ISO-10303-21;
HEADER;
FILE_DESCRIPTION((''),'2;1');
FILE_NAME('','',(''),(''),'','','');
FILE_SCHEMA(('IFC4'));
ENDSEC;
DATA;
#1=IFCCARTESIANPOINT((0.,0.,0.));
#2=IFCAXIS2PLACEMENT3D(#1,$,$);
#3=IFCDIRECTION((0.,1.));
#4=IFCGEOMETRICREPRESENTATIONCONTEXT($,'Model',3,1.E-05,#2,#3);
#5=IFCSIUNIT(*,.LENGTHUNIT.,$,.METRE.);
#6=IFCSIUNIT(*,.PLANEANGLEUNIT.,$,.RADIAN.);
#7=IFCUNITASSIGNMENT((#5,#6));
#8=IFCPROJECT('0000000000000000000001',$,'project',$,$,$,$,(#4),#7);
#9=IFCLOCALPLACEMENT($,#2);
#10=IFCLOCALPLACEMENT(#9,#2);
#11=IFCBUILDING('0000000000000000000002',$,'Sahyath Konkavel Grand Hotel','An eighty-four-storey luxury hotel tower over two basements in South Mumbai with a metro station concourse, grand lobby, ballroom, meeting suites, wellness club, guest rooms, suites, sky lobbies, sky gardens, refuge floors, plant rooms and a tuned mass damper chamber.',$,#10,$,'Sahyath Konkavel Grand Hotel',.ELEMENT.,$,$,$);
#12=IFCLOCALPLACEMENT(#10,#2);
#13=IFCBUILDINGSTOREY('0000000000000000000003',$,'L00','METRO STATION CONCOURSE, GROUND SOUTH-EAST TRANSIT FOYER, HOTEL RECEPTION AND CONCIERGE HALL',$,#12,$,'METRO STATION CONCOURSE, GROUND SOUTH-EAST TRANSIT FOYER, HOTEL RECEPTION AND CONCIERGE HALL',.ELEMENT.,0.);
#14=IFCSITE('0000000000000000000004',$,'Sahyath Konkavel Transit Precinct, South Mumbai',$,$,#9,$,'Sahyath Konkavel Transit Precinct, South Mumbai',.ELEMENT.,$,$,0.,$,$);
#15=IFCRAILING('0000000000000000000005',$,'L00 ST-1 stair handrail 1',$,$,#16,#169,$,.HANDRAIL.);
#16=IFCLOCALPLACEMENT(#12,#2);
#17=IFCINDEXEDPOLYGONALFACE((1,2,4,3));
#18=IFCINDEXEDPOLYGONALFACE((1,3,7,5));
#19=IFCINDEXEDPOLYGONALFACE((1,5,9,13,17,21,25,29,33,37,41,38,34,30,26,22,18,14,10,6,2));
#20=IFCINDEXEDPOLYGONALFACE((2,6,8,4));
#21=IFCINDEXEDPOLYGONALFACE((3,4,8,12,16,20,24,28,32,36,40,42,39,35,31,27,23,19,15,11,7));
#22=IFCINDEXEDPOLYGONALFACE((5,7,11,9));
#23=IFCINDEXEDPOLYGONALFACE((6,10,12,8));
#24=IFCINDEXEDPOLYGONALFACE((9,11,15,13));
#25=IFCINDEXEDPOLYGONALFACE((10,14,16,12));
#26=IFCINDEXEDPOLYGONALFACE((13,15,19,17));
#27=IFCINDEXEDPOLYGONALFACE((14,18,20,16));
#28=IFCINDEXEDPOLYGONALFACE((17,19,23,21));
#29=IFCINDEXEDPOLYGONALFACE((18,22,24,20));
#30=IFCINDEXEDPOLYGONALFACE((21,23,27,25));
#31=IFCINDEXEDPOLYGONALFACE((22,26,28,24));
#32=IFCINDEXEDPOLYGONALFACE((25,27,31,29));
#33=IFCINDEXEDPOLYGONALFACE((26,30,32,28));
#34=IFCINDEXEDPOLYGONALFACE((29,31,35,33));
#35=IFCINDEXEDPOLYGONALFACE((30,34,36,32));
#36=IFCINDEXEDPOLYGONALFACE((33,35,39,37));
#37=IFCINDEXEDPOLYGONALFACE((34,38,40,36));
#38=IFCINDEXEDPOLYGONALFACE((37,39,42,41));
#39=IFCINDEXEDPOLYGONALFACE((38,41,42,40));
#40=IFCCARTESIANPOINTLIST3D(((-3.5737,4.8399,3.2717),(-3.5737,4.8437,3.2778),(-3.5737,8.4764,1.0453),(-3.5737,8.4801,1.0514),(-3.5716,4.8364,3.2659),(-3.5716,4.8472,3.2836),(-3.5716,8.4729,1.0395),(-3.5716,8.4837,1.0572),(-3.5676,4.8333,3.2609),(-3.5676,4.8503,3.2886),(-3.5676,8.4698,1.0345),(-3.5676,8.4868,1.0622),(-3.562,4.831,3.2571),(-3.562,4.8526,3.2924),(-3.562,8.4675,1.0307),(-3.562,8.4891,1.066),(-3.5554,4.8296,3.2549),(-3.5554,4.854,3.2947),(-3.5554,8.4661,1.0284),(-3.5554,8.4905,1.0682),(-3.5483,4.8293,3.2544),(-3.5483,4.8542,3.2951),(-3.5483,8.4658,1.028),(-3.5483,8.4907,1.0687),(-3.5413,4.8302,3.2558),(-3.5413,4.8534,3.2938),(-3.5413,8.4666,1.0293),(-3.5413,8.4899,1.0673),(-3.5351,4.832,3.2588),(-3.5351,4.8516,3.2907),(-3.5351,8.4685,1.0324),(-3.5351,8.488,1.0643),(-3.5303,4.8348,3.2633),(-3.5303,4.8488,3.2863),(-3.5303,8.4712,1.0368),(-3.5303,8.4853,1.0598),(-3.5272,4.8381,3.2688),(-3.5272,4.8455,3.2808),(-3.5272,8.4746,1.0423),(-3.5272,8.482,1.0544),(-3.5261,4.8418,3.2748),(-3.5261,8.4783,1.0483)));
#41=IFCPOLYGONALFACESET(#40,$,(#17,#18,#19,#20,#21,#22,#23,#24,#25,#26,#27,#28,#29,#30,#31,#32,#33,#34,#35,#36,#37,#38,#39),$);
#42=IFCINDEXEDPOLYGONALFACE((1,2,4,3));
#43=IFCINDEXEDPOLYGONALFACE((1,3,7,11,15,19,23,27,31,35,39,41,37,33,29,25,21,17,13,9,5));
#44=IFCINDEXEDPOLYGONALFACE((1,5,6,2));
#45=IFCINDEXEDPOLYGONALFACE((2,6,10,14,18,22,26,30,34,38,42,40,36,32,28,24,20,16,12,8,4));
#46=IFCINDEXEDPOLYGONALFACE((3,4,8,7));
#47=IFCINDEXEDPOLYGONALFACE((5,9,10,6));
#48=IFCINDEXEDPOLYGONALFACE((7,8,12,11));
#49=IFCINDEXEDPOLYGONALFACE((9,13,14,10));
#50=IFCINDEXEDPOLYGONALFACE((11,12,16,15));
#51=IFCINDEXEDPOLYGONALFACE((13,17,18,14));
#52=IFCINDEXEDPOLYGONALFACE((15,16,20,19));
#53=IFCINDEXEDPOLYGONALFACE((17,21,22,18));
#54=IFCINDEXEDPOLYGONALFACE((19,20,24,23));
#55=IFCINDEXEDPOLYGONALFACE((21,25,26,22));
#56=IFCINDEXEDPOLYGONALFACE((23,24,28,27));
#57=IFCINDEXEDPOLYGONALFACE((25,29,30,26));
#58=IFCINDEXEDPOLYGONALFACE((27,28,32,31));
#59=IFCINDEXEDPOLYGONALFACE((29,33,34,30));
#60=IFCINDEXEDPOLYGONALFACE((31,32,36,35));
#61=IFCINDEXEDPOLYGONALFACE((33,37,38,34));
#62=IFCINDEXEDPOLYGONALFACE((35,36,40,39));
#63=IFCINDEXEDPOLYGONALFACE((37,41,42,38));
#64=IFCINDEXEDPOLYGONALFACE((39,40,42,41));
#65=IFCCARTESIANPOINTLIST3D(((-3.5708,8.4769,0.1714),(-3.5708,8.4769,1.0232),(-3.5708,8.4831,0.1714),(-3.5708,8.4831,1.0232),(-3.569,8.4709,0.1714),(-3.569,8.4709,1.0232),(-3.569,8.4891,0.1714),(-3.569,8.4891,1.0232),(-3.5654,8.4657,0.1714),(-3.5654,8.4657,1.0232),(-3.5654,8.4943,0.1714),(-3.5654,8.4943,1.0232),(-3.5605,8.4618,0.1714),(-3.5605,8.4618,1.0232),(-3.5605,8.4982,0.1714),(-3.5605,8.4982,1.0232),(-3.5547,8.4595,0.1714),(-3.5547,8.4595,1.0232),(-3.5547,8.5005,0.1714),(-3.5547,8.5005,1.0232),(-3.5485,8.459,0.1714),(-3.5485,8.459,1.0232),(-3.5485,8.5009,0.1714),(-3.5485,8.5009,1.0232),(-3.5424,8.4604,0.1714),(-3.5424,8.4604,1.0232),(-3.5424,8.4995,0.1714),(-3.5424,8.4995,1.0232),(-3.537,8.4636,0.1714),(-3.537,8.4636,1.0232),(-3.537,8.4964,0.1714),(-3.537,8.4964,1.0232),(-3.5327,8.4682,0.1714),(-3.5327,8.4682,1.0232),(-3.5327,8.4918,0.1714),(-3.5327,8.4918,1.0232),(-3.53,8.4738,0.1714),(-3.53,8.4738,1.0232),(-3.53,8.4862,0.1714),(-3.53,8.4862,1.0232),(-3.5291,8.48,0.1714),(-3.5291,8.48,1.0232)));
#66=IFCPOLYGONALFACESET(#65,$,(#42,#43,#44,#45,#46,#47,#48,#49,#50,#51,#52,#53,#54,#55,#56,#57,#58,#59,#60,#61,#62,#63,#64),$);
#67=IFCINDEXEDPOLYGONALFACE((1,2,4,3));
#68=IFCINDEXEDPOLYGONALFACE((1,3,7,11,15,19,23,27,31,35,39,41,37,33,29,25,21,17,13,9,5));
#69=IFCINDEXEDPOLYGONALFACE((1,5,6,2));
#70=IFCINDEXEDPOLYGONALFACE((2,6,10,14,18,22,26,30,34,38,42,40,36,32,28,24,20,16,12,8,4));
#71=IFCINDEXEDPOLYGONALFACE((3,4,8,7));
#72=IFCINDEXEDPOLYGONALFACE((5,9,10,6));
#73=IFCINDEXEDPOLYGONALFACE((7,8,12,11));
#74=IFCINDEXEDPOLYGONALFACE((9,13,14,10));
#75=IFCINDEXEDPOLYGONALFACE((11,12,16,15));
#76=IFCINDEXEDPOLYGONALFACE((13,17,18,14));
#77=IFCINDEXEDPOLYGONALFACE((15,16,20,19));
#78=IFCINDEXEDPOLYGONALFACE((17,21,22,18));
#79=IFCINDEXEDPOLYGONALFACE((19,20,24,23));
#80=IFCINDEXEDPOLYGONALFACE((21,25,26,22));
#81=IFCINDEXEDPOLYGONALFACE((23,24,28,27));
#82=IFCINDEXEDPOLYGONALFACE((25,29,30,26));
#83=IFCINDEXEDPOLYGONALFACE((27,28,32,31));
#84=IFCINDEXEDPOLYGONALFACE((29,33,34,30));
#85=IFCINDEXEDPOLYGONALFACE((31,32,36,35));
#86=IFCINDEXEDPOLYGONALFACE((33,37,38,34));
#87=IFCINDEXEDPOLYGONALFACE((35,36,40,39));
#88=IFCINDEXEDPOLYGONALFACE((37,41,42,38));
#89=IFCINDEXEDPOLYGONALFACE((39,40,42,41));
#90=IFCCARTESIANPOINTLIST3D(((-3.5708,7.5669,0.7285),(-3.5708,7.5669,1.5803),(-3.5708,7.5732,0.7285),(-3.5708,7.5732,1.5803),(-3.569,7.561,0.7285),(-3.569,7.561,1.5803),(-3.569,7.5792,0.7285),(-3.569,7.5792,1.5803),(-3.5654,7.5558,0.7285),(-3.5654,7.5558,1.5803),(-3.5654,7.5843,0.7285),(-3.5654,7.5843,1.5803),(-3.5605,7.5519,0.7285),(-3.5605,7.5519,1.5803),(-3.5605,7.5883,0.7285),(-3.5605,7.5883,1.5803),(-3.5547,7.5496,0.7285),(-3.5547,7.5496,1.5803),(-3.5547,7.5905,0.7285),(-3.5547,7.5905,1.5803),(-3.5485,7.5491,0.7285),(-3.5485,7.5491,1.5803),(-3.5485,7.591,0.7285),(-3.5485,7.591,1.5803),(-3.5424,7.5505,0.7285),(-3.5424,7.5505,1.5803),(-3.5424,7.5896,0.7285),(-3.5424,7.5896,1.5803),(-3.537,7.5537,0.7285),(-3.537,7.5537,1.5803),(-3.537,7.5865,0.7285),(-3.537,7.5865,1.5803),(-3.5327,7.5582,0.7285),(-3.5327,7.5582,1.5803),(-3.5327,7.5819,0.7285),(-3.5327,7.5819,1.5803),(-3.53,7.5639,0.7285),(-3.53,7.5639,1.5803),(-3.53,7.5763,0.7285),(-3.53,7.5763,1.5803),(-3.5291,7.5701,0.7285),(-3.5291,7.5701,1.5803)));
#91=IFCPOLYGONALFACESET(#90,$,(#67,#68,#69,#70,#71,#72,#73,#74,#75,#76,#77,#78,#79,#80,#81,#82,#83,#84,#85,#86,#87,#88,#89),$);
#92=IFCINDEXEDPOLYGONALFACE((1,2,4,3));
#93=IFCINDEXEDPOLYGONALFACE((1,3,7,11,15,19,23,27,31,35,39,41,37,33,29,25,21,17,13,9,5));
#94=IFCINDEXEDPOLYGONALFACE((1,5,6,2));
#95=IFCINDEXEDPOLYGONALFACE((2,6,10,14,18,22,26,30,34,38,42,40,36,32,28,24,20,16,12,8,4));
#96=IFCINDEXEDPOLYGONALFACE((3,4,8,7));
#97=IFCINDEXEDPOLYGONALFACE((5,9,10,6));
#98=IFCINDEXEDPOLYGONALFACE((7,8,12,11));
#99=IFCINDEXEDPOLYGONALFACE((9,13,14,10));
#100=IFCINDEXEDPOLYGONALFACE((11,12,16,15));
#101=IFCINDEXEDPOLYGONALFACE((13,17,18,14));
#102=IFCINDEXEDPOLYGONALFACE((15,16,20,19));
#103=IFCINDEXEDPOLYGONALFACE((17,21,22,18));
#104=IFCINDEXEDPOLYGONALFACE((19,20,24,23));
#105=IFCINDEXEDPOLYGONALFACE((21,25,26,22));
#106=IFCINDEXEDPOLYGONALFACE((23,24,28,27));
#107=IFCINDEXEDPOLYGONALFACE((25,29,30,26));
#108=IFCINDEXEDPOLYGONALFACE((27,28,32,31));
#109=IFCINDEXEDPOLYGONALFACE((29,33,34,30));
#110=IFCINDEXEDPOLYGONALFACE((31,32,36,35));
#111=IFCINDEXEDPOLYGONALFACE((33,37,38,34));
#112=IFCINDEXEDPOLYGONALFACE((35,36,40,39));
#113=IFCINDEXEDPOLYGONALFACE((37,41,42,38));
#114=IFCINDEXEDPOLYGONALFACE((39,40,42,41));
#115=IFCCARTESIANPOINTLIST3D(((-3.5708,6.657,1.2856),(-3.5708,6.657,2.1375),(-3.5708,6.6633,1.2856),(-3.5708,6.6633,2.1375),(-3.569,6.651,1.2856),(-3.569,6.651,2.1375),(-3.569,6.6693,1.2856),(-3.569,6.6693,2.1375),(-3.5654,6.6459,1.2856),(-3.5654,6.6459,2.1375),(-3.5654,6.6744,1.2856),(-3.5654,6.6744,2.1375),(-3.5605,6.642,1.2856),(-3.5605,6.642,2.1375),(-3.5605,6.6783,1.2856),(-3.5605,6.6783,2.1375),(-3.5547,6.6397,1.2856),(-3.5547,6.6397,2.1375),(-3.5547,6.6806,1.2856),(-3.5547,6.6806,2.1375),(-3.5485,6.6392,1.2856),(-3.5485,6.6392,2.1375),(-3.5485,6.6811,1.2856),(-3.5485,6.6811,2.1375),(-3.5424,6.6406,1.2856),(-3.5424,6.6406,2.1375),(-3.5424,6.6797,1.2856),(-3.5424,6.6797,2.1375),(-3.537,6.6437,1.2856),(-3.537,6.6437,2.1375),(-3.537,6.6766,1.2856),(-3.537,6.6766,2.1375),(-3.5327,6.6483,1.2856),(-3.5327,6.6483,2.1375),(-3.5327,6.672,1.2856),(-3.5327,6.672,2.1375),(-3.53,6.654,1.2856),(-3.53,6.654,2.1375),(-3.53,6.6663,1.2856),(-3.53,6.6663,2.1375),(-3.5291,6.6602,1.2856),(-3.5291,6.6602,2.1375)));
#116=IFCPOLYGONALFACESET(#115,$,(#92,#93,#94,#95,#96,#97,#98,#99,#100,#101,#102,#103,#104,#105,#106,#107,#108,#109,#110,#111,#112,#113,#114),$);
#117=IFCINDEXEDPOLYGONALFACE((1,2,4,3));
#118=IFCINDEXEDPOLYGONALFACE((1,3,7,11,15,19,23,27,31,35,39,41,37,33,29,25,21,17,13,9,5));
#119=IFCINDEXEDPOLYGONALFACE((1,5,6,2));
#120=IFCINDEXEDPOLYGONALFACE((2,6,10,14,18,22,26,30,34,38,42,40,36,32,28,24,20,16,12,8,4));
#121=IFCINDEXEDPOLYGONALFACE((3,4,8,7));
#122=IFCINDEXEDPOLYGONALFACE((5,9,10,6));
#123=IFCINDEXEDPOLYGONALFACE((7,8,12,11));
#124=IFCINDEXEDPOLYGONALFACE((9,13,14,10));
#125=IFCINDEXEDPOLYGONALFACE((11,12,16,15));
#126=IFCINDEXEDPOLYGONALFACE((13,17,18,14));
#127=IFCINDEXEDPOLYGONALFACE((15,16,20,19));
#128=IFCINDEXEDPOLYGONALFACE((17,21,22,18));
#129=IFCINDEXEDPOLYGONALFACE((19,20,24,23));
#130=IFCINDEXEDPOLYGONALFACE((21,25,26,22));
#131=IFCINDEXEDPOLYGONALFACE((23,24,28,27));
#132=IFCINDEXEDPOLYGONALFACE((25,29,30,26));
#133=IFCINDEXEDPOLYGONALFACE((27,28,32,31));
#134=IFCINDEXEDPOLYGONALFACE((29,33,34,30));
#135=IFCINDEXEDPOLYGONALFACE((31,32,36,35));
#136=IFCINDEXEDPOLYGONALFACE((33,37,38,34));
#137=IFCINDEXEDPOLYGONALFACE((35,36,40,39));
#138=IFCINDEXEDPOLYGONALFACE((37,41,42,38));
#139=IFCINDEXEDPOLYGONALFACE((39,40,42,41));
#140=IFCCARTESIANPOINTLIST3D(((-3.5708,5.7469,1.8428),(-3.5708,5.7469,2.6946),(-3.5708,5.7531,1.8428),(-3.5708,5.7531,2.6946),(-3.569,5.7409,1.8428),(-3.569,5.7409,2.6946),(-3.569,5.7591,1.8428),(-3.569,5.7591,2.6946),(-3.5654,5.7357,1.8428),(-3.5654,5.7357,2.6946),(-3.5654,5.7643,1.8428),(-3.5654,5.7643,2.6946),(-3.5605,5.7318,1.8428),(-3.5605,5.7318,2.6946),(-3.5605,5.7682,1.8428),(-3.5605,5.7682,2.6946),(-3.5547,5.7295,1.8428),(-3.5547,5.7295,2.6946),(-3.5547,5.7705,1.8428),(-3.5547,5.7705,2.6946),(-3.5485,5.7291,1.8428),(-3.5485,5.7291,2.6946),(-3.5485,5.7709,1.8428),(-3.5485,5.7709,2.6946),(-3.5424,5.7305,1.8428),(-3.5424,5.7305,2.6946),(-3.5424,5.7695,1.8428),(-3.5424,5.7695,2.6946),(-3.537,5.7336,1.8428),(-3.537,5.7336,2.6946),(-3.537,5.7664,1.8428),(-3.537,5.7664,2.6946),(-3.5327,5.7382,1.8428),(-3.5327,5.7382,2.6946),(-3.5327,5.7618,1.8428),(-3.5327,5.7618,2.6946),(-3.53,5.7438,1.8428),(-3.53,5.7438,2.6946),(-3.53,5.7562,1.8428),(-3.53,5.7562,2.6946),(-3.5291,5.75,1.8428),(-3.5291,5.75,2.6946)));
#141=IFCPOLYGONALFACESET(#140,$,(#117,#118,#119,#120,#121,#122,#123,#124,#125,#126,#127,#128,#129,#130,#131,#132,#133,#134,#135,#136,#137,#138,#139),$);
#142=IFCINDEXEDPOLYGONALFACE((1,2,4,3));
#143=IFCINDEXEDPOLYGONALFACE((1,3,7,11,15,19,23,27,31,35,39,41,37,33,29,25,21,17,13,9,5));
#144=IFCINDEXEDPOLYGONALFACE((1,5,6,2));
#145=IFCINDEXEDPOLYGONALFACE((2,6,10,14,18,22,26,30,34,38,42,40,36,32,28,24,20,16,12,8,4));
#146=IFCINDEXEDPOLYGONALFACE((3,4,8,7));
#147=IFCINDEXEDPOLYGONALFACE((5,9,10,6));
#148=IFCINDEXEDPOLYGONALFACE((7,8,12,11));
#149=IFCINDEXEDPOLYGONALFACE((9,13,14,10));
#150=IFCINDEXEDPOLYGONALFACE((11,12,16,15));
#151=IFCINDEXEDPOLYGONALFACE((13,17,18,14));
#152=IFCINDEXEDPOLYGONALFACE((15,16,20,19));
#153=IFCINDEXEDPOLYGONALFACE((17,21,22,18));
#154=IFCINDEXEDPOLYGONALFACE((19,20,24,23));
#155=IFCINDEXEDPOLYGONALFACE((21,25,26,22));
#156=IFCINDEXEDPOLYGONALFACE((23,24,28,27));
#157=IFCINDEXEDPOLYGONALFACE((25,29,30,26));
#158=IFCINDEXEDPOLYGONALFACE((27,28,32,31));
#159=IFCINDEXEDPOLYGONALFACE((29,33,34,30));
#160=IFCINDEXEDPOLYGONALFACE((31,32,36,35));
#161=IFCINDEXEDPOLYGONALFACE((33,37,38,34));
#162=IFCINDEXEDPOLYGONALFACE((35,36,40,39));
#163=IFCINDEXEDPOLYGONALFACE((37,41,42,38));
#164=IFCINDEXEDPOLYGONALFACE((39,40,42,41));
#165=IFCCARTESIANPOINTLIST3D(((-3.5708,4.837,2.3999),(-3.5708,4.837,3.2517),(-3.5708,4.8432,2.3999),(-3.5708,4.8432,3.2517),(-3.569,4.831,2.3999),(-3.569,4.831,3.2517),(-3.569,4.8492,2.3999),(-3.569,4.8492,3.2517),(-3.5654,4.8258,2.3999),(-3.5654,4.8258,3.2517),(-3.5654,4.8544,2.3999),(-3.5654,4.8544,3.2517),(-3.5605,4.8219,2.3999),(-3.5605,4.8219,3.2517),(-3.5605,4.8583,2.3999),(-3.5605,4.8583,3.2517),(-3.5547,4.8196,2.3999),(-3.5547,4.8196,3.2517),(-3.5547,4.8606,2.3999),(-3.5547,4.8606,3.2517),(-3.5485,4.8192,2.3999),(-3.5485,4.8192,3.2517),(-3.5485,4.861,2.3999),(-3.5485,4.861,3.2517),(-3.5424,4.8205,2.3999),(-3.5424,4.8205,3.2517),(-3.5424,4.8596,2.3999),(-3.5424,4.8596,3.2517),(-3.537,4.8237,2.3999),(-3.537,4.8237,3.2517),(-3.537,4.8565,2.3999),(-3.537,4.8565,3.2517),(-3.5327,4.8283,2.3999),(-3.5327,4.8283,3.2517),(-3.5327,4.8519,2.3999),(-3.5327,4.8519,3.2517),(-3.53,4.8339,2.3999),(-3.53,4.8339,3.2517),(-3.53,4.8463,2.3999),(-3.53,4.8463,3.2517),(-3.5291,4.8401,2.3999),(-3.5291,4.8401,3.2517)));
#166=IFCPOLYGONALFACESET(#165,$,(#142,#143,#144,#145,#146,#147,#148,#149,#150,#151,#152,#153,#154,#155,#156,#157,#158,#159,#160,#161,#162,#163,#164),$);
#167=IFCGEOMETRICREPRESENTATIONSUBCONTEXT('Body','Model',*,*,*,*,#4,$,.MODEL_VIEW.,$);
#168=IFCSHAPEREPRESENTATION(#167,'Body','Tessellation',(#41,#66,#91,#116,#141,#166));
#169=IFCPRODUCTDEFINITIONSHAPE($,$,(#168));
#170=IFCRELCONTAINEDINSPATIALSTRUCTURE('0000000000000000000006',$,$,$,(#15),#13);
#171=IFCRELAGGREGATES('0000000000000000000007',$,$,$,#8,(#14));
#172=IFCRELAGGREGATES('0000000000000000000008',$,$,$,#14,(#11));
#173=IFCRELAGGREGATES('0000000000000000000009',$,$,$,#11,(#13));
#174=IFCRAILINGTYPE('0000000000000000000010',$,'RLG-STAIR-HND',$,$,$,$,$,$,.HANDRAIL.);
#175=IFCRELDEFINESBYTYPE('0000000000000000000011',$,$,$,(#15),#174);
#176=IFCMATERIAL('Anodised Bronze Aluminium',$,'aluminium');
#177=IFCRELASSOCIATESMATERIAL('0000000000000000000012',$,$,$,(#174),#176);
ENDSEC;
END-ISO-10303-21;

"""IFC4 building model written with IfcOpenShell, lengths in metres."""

from ifc_helpers import new_model, si_unit, direction, frame, origin, origin_2d, place, context, subcontext, project, spatial, circle, extrude, material, type_object, element, save


model = new_model("IFC4")

# Units and contexts
model_context = context("Model", 3, precision=1e-05, world=origin(), true_north=direction((0.0, 1.0)))
body_context = subcontext(model_context, "Body", "Model", "MODEL_VIEW")
ifc_project = project(units=[si_unit("LENGTHUNIT", "METRE"), si_unit("PLANEANGLEUNIT", "RADIAN")], contexts=[model_context])

# Site, building, storey
site_placement = place(None, origin())
site = spatial("IfcSite", under=ifc_project, at=site_placement, Name="Sahyath Konkavel Transit Precinct, South Mumbai", LongName="Sahyath Konkavel Transit Precinct, South Mumbai", CompositionType="ELEMENT", RefElevation=0.0)
building_placement = place(site_placement, origin())
building = spatial("IfcBuilding", under=site, at=building_placement, Name="Sahyath Konkavel Grand Hotel", Description="An eighty-four-storey luxury hotel tower over two basements in South Mumbai with a metro station concourse, grand lobby, ballroom, meeting suites, wellness club, guest rooms, suites, sky lobbies, sky gardens, refuge floors, plant rooms and a tuned mass damper chamber.", LongName="Sahyath Konkavel Grand Hotel", CompositionType="ELEMENT")
storey_placement = place(building_placement, origin())
storey = spatial("IfcBuildingStorey", under=building, at=storey_placement, Name="L00", Description="METRO STATION CONCOURSE, GROUND SOUTH-EAST TRANSIT FOYER, HOTEL RECEPTION AND CONCIERGE HALL", LongName="METRO STATION CONCOURSE, GROUND SOUTH-EAST TRANSIT FOYER, HOTEL RECEPTION AND CONCIERGE HALL", CompositionType="ELEMENT", Elevation=0.0)

# Railing
ifc_material_1 = material(Name="Anodised Bronze Aluminium", Category="aluminium")
railing_type_1 = type_object("IfcRailingType", Name="RLG-STAIR-HND", PredefinedType="HANDRAIL", material=ifc_material_1)
railing_1_placement = place(storey_placement, frame((-3.55, 8.48, 0.1714)))
element("IfcRailing", 1, at=railing_1_placement, inside=storey, type_object=railing_type_1, Name="L00 ST-1 stair handrail 1", PredefinedType="HANDRAIL", context=body_context, shape_type="SweptSolid", body=[
    extrude(circle(Radius=0.0239, at=origin_2d()), frame((0.0, -0.0017, 0.877), z_axis=(0.0, -0.85285, 0.522156), x_axis=(1.0, 0.0, 0.0)), (0.0, 0.0, 1.0), 4.2639),
    extrude(circle(Radius=0.021, at=origin_2d()), origin(), (0.0, 0.0, 1.0), 0.8518),
    extrude(circle(Radius=0.021, at=origin_2d()), frame((0.0, -0.9099, 0.5571)), (0.0, 0.0, 1.0), 0.8518),
    extrude(circle(Radius=0.021, at=origin_2d()), frame((0.0, -1.8198, 1.1143)), (0.0, 0.0, 1.0), 0.8518),
    extrude(circle(Radius=0.021, at=origin_2d()), frame((0.0, -2.73, 1.6714)), (0.0, 0.0, 1.0), 0.8518),
    extrude(circle(Radius=0.021, at=origin_2d()), frame((0.0, -3.6399, 2.2285)), (0.0, 0.0, 1.0), 0.8518),
])

save(model, "model.ifc")
